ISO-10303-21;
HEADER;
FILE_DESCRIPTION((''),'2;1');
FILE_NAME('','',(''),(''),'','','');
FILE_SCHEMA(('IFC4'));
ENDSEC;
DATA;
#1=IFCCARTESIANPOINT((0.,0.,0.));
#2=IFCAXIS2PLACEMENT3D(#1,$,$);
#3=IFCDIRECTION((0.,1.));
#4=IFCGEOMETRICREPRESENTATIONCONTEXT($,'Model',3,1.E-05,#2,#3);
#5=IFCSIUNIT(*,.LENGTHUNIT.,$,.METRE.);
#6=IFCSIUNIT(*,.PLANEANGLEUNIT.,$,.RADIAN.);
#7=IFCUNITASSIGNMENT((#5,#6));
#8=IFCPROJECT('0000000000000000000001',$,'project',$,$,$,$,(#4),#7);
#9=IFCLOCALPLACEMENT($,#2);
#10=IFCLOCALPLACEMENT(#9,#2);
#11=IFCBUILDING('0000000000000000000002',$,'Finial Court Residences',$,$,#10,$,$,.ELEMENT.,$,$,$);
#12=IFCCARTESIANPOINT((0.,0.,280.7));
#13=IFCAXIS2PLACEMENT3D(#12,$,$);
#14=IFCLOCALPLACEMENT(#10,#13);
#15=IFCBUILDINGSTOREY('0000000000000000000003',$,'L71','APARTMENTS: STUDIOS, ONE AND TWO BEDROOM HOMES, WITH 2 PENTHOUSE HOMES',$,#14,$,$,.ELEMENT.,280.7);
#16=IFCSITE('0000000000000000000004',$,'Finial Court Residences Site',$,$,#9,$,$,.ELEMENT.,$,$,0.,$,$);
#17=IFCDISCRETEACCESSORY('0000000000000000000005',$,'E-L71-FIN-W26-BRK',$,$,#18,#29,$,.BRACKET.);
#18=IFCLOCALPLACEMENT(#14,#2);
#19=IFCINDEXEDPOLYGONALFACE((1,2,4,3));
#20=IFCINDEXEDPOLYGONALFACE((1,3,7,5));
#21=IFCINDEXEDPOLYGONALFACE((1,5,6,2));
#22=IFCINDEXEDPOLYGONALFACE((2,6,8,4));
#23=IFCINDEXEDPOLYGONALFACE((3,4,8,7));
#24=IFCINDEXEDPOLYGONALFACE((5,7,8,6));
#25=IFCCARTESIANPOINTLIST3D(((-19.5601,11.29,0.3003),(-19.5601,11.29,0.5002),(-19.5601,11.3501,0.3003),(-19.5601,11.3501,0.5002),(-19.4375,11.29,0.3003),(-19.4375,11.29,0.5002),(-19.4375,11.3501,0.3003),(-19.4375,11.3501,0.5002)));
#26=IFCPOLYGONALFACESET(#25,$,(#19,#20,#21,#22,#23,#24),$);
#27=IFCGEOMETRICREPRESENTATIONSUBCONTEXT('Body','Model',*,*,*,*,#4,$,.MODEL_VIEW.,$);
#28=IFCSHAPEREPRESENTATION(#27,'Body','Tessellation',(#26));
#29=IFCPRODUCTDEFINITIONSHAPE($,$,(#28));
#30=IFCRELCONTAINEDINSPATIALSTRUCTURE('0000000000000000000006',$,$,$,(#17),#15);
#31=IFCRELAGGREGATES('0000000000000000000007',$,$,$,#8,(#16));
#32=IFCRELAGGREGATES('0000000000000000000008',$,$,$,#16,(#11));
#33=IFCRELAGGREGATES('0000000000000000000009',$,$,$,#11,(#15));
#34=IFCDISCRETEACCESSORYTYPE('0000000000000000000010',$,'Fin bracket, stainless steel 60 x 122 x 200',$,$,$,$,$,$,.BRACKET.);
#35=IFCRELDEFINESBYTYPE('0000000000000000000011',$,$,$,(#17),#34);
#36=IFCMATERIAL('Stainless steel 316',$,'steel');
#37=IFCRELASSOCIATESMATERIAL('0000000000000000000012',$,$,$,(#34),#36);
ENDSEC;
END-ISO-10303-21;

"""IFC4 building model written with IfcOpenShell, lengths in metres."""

from ifc_helpers import new_model, si_unit, direction, frame, origin, origin_2d, place, context, subcontext, project, spatial, rectangle, extrude, material, type_object, element, save


model = new_model("IFC4")

# Units and contexts
model_context = context("Model", 3, precision=1e-05, world=origin(), true_north=direction((0.0, 1.0)))
body_context = subcontext(model_context, "Body", "Model", "MODEL_VIEW")
ifc_project = project(units=[si_unit("LENGTHUNIT", "METRE"), si_unit("PLANEANGLEUNIT", "RADIAN")], contexts=[model_context])

# Site, building, storey
site_placement = place(None, origin())
site = spatial("IfcSite", under=ifc_project, at=site_placement, Name="Finial Court Residences Site", CompositionType="ELEMENT", RefElevation=0.0)
building_placement = place(site_placement, origin())
building = spatial("IfcBuilding", under=site, at=building_placement, Name="Finial Court Residences", CompositionType="ELEMENT")
storey_placement = place(building_placement, frame((0.0, 0.0, 280.7)))
storey = spatial("IfcBuildingStorey", under=building, at=storey_placement, Name="L71", Description="APARTMENTS: STUDIOS, ONE AND TWO BEDROOM HOMES, WITH 2 PENTHOUSE HOMES", CompositionType="ELEMENT", Elevation=280.7)

# Discrete accessory
ifc_material_1 = material(Name="Stainless steel 316", Category="steel")
discrete_accessory_type = type_object("IfcDiscreteAccessoryType", Name="Fin bracket, stainless steel 60 x 122 x 200", PredefinedType="BRACKET", material=ifc_material_1)
discrete_accessory_1_placement = place(storey_placement, frame((-19.4988, 11.3201, 0.3003), z_axis=(0.0, 0.0, 1.0), x_axis=(1.0, 0.0, 0.0)))
element("IfcDiscreteAccessory", 1, at=discrete_accessory_1_placement, inside=storey, type_object=discrete_accessory_type, Name="E-L71-FIN-W26-BRK", PredefinedType="BRACKET", context=body_context, shape_type="SweptSolid", body=[
    extrude(rectangle(XDim=0.1226, YDim=0.0601, at=origin_2d()), origin(), (0.0, 0.0, 1.0), 0.2),
])

save(model, "model.ifc")
